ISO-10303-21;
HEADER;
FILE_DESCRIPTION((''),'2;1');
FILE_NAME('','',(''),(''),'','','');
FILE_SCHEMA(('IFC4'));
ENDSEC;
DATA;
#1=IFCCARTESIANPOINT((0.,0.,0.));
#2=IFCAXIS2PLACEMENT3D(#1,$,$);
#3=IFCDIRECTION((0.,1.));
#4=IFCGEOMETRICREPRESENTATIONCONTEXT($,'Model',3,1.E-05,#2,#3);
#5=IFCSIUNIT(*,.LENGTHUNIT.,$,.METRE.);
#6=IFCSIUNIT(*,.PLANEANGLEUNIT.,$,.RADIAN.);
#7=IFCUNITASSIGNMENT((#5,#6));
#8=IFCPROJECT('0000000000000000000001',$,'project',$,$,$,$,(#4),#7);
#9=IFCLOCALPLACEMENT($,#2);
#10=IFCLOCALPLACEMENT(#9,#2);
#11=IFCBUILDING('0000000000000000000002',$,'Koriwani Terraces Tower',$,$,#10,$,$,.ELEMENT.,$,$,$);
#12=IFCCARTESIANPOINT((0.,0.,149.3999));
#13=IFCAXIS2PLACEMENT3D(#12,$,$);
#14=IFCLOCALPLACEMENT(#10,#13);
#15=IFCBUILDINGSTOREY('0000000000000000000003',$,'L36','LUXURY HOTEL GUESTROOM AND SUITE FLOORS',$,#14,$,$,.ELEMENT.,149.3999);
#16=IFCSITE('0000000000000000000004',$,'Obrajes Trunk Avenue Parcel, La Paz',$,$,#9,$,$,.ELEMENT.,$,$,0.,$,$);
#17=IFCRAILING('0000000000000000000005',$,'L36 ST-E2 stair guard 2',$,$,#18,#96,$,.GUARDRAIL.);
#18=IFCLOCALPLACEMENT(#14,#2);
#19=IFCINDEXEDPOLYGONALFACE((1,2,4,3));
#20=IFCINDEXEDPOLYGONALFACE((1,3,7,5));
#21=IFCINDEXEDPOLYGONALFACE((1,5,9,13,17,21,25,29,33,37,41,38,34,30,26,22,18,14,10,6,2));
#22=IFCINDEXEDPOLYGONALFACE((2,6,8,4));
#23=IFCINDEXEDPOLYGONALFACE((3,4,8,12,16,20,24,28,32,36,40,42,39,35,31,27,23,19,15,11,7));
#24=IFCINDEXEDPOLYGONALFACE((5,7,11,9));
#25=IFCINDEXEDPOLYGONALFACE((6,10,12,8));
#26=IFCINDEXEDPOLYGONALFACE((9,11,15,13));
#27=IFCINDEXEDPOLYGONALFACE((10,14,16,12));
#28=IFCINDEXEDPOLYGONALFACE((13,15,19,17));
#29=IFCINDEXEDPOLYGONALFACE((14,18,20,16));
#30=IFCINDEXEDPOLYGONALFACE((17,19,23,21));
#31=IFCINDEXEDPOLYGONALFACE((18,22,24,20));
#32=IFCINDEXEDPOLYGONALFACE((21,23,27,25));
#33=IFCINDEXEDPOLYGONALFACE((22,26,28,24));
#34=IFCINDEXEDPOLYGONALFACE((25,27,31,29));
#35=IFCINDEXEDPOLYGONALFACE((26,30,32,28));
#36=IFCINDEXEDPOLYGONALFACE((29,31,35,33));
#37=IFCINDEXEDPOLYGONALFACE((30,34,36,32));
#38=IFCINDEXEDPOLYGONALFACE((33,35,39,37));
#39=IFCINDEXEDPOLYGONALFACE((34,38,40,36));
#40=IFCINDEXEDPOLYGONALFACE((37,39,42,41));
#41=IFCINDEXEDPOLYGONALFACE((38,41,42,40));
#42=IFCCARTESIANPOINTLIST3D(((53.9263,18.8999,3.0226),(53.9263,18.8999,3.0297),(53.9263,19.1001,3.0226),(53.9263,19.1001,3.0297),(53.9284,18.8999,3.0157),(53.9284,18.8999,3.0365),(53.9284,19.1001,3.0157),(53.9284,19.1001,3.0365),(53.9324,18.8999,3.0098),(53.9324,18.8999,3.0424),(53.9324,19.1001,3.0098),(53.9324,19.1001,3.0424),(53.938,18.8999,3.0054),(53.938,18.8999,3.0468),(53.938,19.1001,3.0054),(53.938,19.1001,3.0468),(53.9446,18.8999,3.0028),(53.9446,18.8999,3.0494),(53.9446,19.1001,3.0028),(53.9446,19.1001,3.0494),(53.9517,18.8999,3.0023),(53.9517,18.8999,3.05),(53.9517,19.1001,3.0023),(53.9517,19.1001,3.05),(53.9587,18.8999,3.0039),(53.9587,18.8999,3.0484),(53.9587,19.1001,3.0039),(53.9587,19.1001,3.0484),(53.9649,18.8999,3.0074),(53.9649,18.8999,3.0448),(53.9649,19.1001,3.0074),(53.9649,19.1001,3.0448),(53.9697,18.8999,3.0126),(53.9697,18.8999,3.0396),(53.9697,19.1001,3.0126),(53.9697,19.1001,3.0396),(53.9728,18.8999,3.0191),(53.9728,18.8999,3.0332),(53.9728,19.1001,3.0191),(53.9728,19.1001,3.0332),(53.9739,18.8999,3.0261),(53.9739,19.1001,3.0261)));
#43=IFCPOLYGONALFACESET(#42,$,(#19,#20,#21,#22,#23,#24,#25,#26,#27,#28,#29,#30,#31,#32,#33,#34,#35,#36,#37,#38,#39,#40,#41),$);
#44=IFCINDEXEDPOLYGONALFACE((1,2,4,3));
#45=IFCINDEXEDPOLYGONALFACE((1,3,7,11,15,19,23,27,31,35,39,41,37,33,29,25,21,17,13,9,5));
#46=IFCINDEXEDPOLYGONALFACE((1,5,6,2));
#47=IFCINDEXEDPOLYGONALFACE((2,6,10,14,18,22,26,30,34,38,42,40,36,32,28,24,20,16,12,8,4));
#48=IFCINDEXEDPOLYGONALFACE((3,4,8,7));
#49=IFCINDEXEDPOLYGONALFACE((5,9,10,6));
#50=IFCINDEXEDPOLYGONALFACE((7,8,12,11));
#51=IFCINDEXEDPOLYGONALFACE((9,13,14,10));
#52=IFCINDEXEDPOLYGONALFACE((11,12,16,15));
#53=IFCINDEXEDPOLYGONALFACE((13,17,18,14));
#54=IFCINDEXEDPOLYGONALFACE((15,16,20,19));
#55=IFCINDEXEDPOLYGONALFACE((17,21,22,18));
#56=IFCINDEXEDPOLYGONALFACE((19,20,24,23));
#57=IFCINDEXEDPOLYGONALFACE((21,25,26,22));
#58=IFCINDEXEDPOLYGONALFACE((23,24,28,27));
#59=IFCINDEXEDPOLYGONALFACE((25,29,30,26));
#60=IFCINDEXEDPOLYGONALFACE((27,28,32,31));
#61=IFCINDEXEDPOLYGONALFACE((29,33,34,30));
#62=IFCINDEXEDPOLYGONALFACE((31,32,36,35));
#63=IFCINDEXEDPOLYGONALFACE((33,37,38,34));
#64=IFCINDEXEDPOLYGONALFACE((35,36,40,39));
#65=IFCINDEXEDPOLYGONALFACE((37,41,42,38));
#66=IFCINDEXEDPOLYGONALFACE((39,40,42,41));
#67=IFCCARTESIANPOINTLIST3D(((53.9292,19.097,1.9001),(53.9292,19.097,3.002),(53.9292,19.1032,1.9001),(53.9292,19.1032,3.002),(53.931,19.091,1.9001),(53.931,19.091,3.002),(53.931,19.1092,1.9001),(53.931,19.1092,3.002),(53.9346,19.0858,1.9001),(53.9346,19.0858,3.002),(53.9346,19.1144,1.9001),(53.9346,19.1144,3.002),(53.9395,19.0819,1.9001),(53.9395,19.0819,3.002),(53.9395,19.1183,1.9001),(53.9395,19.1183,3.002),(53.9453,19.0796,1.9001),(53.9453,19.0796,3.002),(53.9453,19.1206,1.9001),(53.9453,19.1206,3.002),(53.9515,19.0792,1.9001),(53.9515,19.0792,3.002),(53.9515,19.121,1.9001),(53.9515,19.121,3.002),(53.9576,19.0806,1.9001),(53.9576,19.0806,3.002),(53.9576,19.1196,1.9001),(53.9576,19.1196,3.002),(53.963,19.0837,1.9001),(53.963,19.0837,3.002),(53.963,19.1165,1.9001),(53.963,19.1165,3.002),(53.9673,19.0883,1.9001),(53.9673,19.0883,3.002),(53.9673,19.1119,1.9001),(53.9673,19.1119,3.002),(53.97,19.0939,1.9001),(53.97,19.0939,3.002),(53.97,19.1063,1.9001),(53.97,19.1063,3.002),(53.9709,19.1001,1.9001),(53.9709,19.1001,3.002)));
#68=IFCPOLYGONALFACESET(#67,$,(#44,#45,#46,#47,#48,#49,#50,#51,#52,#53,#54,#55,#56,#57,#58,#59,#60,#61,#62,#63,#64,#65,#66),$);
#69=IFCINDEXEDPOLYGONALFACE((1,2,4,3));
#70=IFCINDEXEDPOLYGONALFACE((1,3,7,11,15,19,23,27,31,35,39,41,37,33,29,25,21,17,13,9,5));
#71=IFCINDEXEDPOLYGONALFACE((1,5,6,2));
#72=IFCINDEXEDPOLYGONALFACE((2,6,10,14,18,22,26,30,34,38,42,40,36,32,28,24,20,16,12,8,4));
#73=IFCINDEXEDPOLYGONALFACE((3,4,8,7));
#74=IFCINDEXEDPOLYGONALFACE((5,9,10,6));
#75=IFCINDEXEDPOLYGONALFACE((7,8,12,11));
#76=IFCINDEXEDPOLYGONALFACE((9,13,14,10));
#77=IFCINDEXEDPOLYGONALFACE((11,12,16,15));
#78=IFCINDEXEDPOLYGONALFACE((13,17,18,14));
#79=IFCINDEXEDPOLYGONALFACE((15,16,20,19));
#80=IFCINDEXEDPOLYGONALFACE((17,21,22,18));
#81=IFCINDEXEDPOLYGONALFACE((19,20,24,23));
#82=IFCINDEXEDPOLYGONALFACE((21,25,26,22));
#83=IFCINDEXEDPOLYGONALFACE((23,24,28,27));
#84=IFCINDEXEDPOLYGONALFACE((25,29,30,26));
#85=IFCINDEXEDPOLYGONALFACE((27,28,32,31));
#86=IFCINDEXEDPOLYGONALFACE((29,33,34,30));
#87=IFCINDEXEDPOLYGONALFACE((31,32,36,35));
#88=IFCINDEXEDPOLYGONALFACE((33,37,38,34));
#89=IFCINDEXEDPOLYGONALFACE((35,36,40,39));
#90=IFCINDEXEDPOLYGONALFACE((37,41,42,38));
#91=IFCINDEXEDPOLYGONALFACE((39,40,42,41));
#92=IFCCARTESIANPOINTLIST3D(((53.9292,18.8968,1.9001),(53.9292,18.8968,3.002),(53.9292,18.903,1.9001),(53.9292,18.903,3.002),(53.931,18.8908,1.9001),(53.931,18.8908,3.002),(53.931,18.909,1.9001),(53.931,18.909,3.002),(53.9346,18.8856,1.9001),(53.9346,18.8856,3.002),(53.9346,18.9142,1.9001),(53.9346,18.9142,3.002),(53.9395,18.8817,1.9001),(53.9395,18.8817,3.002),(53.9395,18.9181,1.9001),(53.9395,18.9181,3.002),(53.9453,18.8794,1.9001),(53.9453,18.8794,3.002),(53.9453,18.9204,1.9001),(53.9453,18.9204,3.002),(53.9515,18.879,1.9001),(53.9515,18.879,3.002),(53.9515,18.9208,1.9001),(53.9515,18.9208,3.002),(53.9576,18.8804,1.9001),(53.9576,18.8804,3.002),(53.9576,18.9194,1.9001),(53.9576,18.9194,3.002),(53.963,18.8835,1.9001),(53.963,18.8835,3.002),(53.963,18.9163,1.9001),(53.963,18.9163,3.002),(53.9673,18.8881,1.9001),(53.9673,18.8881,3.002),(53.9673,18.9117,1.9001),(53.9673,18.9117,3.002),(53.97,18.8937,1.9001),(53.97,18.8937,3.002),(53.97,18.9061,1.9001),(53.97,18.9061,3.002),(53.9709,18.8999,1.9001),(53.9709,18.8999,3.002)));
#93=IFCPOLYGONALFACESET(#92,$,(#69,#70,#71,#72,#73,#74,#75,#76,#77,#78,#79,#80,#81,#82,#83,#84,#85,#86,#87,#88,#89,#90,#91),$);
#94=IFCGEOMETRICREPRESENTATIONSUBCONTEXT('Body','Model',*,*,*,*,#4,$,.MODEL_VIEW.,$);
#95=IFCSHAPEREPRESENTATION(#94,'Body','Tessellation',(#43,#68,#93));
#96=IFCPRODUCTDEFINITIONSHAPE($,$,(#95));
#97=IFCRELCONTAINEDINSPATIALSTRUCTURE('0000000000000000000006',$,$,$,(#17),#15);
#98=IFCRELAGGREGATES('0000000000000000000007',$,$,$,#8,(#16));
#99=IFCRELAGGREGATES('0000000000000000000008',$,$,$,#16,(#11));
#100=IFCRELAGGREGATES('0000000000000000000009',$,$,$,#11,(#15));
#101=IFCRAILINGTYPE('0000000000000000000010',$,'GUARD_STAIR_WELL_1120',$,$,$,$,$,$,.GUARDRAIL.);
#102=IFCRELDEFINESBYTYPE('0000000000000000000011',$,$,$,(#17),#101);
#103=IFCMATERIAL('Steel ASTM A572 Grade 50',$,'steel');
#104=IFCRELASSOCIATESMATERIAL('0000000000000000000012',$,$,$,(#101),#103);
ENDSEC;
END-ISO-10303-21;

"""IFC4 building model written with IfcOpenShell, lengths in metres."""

from ifc_helpers import new_model, si_unit, direction, frame, origin, origin_2d, place, context, subcontext, project, spatial, circle, extrude, material, type_object, element, save


model = new_model("IFC4")

# Units and contexts
model_context = context("Model", 3, precision=1e-05, world=origin(), true_north=direction((0.0, 1.0)))
body_context = subcontext(model_context, "Body", "Model", "MODEL_VIEW")
ifc_project = project(units=[si_unit("LENGTHUNIT", "METRE"), si_unit("PLANEANGLEUNIT", "RADIAN")], contexts=[model_context])

# Site, building, storey
site_placement = place(None, origin())
site = spatial("IfcSite", under=ifc_project, at=site_placement, Name="Obrajes Trunk Avenue Parcel, La Paz", CompositionType="ELEMENT", RefElevation=0.0)
building_placement = place(site_placement, origin())
building = spatial("IfcBuilding", under=site, at=building_placement, Name="Koriwani Terraces Tower", CompositionType="ELEMENT")
storey_placement = place(building_placement, frame((0.0, 0.0, 149.3999)))
storey = spatial("IfcBuildingStorey", under=building, at=storey_placement, Name="L36", Description="LUXURY HOTEL GUESTROOM AND SUITE FLOORS", CompositionType="ELEMENT", Elevation=149.3999)

# Shared definitions
ifc_material_1 = material(Name="Steel ASTM A572 Grade 50", Category="steel")

# Railing
railing_type_1 = type_object("IfcRailingType", Name="GUARD_STAIR_WELL_1120", PredefinedType="GUARDRAIL", material=ifc_material_1)
railing_1_placement = place(storey_placement, frame((53.95, 19.1001, 1.9001)))
element("IfcRailing", 1, at=railing_1_placement, inside=storey, type_object=railing_type_1, Name="L36 ST-E2 stair guard 2", PredefinedType="GUARDRAIL", context=body_context, shape_type="SweptSolid", body=[
    extrude(circle(Radius=0.0239, at=origin_2d()), frame((0.0, 0.0, 1.126), z_axis=(0.0, -1.0, 0.0), x_axis=(1.0, 0.0, 0.0)), (0.0, 0.0, 1.0), 0.2002),
    extrude(circle(Radius=0.021, at=origin_2d()), origin(), (0.0, 0.0, 1.0), 1.1018),
    extrude(circle(Radius=0.021, at=origin_2d()), frame((0.0, -0.2002, 0.0)), (0.0, 0.0, 1.0), 1.1018),
])

save(model, "model.ifc")
